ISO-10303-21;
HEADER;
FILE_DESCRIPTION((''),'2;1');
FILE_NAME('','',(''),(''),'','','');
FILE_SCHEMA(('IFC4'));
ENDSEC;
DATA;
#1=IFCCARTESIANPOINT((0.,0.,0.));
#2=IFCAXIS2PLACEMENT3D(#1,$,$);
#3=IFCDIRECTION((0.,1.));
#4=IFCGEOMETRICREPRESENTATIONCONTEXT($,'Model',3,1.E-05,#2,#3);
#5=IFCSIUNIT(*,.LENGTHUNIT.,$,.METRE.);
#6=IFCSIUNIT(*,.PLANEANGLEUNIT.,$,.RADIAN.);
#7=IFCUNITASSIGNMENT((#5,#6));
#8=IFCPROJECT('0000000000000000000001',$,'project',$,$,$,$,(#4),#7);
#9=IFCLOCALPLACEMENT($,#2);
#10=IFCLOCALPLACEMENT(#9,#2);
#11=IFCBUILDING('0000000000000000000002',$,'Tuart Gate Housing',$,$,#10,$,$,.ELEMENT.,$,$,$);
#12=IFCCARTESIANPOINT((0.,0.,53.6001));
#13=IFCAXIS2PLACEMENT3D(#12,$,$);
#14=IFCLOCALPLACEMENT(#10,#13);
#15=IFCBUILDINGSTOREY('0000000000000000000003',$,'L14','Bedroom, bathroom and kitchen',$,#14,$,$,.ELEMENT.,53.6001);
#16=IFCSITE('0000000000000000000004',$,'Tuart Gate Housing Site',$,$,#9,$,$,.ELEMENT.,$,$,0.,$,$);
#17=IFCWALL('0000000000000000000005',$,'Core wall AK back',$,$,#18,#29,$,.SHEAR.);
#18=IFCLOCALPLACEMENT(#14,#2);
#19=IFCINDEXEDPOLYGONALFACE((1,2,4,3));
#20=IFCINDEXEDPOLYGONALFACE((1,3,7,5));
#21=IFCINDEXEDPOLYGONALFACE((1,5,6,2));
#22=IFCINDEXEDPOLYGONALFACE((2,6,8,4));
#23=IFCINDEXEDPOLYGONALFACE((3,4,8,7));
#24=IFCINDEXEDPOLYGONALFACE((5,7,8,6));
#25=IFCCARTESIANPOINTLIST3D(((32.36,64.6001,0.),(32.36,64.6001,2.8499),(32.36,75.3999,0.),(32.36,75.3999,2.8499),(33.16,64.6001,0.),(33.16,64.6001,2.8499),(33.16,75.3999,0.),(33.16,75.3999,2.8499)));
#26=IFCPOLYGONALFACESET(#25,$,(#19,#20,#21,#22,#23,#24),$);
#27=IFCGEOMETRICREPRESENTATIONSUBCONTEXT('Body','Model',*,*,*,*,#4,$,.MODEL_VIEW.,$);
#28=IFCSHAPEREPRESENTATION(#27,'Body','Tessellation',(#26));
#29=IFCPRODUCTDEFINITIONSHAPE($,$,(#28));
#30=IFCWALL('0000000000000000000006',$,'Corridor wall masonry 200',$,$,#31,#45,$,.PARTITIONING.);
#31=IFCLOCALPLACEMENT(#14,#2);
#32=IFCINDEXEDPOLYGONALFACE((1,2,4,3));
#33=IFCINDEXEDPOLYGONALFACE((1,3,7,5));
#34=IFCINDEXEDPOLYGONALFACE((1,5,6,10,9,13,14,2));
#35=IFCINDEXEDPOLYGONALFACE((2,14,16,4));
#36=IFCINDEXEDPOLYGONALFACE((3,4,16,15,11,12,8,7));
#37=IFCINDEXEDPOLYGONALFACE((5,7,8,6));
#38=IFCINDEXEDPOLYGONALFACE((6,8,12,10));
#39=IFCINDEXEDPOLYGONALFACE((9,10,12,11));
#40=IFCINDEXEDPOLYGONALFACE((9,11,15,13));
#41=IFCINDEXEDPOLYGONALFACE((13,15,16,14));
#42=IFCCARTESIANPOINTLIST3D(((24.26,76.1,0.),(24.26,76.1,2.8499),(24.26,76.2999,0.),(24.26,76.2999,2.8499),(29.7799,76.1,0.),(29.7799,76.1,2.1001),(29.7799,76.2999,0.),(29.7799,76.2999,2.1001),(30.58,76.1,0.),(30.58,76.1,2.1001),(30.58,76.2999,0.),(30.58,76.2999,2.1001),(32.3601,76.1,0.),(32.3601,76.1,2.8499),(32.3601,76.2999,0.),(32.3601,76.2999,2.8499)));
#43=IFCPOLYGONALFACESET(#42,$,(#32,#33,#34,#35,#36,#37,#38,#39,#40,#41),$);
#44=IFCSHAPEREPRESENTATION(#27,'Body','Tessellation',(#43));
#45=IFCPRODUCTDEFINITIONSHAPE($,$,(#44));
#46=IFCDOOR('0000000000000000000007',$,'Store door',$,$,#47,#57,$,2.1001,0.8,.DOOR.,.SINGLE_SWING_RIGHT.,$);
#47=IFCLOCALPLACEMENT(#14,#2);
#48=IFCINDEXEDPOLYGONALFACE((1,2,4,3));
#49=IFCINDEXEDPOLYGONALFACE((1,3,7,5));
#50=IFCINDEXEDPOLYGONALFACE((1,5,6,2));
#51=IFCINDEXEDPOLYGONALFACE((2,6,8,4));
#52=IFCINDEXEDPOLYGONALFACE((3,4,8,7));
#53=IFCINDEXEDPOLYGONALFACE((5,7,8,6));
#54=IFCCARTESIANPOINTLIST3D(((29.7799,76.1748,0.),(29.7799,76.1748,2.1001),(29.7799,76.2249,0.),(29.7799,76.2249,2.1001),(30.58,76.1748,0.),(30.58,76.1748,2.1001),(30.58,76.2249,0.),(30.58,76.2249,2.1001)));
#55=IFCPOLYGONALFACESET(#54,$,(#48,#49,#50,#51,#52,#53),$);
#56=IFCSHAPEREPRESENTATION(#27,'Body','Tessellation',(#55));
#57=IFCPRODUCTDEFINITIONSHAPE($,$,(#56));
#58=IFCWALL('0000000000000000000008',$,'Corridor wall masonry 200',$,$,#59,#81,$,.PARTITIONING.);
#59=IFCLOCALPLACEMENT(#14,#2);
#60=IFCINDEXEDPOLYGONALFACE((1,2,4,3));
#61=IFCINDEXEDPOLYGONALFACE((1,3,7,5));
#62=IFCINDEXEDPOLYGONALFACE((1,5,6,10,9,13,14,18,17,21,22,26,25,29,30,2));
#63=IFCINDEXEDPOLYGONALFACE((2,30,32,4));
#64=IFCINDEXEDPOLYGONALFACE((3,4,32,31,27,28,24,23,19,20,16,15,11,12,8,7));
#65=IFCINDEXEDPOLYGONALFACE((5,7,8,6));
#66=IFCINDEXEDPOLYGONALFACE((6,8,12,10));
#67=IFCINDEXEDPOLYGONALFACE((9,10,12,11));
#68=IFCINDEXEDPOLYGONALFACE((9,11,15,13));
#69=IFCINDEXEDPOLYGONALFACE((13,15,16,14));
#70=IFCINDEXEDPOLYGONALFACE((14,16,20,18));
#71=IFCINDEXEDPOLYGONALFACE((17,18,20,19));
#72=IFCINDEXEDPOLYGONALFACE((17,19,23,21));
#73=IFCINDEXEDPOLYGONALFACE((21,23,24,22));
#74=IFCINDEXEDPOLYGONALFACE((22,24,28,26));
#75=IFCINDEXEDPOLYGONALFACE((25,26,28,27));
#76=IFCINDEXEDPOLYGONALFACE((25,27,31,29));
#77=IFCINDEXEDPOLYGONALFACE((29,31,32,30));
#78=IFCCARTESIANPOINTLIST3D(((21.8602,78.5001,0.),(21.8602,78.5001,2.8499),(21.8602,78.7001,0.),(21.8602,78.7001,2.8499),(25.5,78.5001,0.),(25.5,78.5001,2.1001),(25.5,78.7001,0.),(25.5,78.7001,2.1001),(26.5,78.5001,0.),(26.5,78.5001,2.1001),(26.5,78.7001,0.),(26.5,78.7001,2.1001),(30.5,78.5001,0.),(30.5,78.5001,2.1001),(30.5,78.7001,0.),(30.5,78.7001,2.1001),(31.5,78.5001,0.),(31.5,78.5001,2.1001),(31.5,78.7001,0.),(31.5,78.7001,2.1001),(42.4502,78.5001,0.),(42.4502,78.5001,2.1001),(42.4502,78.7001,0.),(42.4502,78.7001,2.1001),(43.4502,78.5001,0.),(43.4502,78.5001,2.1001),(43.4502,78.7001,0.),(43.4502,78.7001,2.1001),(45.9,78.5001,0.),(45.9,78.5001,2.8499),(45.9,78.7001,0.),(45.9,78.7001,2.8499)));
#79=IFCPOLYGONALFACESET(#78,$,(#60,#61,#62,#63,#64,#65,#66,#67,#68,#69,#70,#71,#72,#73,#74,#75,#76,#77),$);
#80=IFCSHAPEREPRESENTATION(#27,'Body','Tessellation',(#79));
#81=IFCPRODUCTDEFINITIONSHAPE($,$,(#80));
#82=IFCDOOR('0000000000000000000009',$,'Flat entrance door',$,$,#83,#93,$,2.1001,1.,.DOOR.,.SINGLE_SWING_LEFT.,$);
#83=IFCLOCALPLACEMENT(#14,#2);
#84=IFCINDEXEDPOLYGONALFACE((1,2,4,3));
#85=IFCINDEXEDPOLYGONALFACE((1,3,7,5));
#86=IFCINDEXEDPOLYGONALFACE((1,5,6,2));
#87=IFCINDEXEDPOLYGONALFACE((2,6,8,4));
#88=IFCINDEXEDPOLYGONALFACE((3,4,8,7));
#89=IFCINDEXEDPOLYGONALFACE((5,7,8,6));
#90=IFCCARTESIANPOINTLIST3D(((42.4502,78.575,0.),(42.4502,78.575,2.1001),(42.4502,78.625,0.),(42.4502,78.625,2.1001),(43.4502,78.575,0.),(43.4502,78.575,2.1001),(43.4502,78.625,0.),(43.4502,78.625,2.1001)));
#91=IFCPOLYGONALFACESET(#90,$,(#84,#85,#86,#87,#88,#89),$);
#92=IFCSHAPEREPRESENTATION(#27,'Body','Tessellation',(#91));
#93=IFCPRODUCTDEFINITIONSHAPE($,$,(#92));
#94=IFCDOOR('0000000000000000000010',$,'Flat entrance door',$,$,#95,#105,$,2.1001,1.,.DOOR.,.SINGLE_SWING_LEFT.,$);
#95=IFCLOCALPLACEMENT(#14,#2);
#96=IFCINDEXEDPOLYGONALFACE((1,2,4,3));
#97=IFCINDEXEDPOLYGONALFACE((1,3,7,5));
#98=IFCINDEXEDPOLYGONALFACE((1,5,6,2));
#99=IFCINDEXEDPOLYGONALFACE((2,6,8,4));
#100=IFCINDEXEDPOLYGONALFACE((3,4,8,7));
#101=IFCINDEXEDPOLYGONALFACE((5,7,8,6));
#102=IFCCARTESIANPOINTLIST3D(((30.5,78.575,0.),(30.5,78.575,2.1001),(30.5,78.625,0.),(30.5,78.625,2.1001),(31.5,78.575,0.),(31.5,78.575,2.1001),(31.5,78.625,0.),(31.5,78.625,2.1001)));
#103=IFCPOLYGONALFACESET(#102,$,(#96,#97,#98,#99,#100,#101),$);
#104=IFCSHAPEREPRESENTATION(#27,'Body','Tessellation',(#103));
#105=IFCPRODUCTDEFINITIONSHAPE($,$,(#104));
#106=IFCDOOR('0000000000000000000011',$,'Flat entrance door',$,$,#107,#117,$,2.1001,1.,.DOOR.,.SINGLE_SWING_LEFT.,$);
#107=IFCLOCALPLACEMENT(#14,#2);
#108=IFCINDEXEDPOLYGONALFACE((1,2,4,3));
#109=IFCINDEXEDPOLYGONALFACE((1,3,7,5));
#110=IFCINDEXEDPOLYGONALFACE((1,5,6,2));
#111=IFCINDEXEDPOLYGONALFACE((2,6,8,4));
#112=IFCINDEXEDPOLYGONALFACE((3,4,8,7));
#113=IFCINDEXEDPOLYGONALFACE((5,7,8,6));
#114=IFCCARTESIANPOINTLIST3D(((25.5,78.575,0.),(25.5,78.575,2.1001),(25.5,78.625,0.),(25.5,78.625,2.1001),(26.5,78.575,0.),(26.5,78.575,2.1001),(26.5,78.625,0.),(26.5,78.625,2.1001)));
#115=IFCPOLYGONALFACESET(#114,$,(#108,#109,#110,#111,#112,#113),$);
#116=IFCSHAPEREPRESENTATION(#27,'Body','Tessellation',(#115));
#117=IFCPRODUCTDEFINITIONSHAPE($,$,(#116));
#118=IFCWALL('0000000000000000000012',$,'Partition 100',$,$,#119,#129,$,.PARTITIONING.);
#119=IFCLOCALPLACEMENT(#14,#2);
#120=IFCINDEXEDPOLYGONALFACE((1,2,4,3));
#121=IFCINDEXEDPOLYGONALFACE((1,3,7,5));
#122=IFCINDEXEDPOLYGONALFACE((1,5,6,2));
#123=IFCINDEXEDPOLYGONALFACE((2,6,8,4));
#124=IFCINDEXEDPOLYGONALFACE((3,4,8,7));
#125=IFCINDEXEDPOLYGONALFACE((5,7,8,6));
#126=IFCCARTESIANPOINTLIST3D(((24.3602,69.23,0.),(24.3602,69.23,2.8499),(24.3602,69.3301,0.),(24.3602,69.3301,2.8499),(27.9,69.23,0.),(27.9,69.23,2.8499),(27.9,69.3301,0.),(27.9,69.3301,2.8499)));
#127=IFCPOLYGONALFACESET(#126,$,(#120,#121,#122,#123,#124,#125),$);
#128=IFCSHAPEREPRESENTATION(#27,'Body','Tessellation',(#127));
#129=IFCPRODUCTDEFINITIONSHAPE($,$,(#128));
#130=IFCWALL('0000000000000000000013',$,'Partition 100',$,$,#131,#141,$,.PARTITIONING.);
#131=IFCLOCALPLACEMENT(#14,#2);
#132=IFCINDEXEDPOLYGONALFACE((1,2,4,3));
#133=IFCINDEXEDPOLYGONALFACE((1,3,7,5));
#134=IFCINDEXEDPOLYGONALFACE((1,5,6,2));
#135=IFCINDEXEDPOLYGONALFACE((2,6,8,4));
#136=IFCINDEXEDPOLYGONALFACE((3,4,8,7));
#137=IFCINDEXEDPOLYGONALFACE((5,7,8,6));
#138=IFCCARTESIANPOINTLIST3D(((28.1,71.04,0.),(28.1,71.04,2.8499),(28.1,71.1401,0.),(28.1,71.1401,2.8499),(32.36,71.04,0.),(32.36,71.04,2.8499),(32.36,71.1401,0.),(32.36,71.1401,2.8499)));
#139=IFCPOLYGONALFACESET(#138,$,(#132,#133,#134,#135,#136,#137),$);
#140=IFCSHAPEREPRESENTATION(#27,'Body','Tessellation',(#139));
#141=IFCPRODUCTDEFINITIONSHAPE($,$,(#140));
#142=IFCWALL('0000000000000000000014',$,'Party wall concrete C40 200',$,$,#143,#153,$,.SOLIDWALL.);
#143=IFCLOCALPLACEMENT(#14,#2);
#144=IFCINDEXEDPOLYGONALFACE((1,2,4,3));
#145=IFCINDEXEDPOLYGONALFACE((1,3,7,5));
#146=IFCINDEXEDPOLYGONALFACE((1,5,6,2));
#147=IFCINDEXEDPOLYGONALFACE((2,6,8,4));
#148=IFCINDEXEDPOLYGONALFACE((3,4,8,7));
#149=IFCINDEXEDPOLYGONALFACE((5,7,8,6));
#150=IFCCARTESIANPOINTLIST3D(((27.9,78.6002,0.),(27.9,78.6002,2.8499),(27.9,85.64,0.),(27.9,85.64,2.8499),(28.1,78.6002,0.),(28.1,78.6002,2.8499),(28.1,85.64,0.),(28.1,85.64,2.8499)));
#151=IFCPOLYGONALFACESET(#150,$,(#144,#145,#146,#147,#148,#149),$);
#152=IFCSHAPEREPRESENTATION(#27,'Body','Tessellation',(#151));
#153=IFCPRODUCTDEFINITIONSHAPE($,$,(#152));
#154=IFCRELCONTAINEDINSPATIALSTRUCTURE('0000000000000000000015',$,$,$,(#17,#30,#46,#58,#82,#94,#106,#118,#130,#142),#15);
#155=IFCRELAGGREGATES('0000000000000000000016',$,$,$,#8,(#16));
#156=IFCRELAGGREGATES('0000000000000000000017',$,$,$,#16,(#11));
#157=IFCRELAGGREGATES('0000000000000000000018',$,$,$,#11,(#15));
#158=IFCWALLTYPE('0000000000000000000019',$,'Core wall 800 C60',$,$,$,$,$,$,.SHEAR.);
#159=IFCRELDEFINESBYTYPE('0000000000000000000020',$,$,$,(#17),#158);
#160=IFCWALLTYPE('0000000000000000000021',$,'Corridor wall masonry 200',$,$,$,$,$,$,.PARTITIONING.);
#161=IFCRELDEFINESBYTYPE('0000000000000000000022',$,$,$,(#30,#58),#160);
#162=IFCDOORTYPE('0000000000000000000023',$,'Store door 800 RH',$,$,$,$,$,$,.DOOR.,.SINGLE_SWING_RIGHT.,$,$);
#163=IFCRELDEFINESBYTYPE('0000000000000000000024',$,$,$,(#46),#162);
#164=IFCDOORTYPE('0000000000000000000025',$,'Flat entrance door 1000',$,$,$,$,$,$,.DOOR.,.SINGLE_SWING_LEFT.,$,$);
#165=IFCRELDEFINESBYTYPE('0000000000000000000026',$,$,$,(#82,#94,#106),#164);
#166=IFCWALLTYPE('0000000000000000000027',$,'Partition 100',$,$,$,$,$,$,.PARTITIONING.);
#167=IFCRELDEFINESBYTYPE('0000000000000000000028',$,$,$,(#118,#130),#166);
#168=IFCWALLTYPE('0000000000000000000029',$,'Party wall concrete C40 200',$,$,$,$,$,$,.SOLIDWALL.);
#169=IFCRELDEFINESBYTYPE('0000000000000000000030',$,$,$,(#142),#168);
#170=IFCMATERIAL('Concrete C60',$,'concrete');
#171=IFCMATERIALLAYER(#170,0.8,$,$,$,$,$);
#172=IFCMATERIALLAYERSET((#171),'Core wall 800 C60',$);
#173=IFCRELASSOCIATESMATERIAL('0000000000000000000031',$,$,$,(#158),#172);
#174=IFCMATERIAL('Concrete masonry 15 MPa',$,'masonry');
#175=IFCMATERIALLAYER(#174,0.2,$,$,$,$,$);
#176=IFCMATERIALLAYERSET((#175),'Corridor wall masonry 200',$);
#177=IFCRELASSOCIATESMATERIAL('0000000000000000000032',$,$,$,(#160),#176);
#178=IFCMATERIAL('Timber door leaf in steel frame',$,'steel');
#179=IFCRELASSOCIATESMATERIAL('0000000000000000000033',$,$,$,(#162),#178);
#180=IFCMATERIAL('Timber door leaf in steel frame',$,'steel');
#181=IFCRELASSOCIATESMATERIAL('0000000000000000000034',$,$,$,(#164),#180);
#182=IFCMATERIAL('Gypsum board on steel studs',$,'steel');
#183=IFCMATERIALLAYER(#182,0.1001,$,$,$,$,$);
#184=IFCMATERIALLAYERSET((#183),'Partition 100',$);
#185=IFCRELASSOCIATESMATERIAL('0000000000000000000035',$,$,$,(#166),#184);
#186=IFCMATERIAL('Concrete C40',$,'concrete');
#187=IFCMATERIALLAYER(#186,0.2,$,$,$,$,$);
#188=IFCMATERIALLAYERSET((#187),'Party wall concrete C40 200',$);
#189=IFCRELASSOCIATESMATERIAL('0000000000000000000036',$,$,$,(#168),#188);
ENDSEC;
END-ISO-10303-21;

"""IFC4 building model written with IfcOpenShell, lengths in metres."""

from ifc_helpers import new_model, si_unit, direction, frame, frame_2d, origin, place, context, subcontext, project, spatial, rectangle, extrude, material, layer, layer_set, type_object, element, fill, save


model = new_model("IFC4")

# Units and contexts
model_context = context("Model", 3, precision=1e-05, world=origin(), true_north=direction((0.0, 1.0)))
body_context = subcontext(model_context, "Body", "Model", "MODEL_VIEW")
ifc_project = project(units=[si_unit("LENGTHUNIT", "METRE"), si_unit("PLANEANGLEUNIT", "RADIAN")], contexts=[model_context])

# Site, building, storey
site_placement = place(None, origin())
site = spatial("IfcSite", under=ifc_project, at=site_placement, Name="Tuart Gate Housing Site", CompositionType="ELEMENT", RefElevation=0.0)
building_placement = place(site_placement, origin())
building = spatial("IfcBuilding", under=site, at=building_placement, Name="Tuart Gate Housing", CompositionType="ELEMENT")
storey_placement = place(building_placement, frame((0.0, 0.0, 53.6001)))
storey = spatial("IfcBuildingStorey", under=building, at=storey_placement, Name="L14", Description="Bedroom, bathroom and kitchen", CompositionType="ELEMENT", Elevation=53.6001)

# Wall
ifc_material_1 = material(Name="Concrete C60", Category="concrete")
ifc_layer_1 = layer(ifc_material_1, 0.8)
ifc_layer_set_1 = layer_set([ifc_layer_1], Name="Core wall 800 C60")
wall_type_1 = type_object("IfcWallType", Name="Core wall 800 C60", PredefinedType="SHEAR", material=ifc_layer_set_1)
wall_1_placement = place(storey_placement, frame((32.76, 75.3999, 0.0), z_axis=(0.0, 0.0, 1.0), x_axis=(0.0, -1.0, 0.0)))
element("IfcWall", 1, at=wall_1_placement, inside=storey, type_object=wall_type_1, Name="Core wall AK back", PredefinedType="SHEAR", context=body_context, shape_type="SweptSolid", body=[
    extrude(rectangle(XDim=10.7998, YDim=0.8, at=frame_2d((5.3999, 0.0))), origin(), (0.0, 0.0, 1.0), 2.8499),
])

# Wall, opening, door
ifc_material_2 = material(Name="Concrete masonry 15 MPa", Category="masonry")
ifc_layer_2 = layer(ifc_material_2, 0.2)
ifc_layer_set_2 = layer_set([ifc_layer_2], Name="Corridor wall masonry 200")
wall_type_2 = type_object("IfcWallType", Name="Corridor wall masonry 200", PredefinedType="PARTITIONING", material=ifc_layer_set_2)
wall_2_placement = place(storey_placement, frame((24.26, 76.2, 0.0), z_axis=(0.0, 0.0, 1.0), x_axis=(1.0, 0.0, 0.0)))
wall_2 = element("IfcWall", 2, at=wall_2_placement, inside=storey, type_object=wall_type_2, Name="Corridor wall masonry 200", PredefinedType="PARTITIONING", context=body_context, shape_type="SweptSolid", body=[
    extrude(rectangle(XDim=8.1001, YDim=0.2, at=frame_2d((4.05, 0.0))), origin(), (0.0, 0.0, 1.0), 2.8499),
])
opening_1_placement = place(wall_2_placement, frame((5.52, 0.0, 0.0)))
opening_1 = element("IfcOpeningElement", 3, at=opening_1_placement, cuts=wall_2, PredefinedType="OPENING", context=body_context, shape_type="SweptSolid", body=[
    extrude(rectangle(XDim=0.8, YDim=2.1001, at=frame_2d((0.3999, 1.05))), frame((0.0, 0.1099, 0.0), z_axis=(0.0, -1.0, 0.0), x_axis=(1.0, 0.0, 0.0)), (0.0, 0.0, 1.0), 0.22),
])
ifc_material_3 = material(Name="Timber door leaf in steel frame", Category="steel")
door_type_1 = type_object("IfcDoorType", Name="Store door 800 RH", OperationType="SINGLE_SWING_RIGHT", PredefinedType="DOOR", material=ifc_material_3)
door_1_placement = place(opening_1_placement, frame((0.8, 0.0, 0.0), z_axis=(0.0, 0.0, 1.0), x_axis=(-1.0, 0.0, 0.0)))
door_1 = element("IfcDoor", 4, at=door_1_placement, inside=storey, type_object=door_type_1, Name="Store door", OperationType="SINGLE_SWING_RIGHT", OverallHeight=2.1001, OverallWidth=0.8, PredefinedType="DOOR", context=body_context, shape_type="SweptSolid", body=[
    extrude(rectangle(XDim=0.8, YDim=2.1001, at=frame_2d((0.4001, 1.05))), frame((0.0, 0.0251, 0.0), z_axis=(0.0, -1.0, 0.0), x_axis=(1.0, 0.0, 0.0)), (0.0, 0.0, 1.0), 0.05),
])
fill(opening_1, door_1)

# Wall, openings, doors
wall_3_placement = place(storey_placement, frame((21.8601, 78.6001, 0.0), z_axis=(0.0, 0.0, 1.0), x_axis=(1.0, 0.0, 0.0)))
wall_3 = element("IfcWall", 5, at=wall_3_placement, inside=storey, type_object=wall_type_2, Name="Corridor wall masonry 200", PredefinedType="PARTITIONING", context=body_context, shape_type="SweptSolid", body=[
    extrude(rectangle(XDim=24.0398, YDim=0.2, at=frame_2d((12.02, 0.0))), origin(), (0.0, 0.0, 1.0), 2.8499),
])
opening_2_placement = place(wall_3_placement, frame((20.5901, 0.0, 0.0)))
opening_2 = element("IfcOpeningElement", 6, at=opening_2_placement, cuts=wall_3, PredefinedType="OPENING", context=body_context, shape_type="SweptSolid", body=[
    extrude(rectangle(XDim=1.0, YDim=2.1001, at=frame_2d((0.5, 1.05))), frame((0.0, 0.1099, 0.0), z_axis=(0.0, -1.0, 0.0), x_axis=(1.0, 0.0, 0.0)), (0.0, 0.0, 1.0), 0.22),
])
opening_3_placement = place(wall_3_placement, frame((8.6399, 0.0, 0.0)))
opening_3 = element("IfcOpeningElement", 7, at=opening_3_placement, cuts=wall_3, PredefinedType="OPENING", context=body_context, shape_type="SweptSolid", body=[
    extrude(rectangle(XDim=1.0, YDim=2.1001, at=frame_2d((0.5, 1.05))), frame((0.0, 0.1099, 0.0), z_axis=(0.0, -1.0, 0.0), x_axis=(1.0, 0.0, 0.0)), (0.0, 0.0, 1.0), 0.22),
])
opening_4_placement = place(wall_3_placement, frame((3.6399, 0.0, 0.0)))
opening_4 = element("IfcOpeningElement", 8, at=opening_4_placement, cuts=wall_3, PredefinedType="OPENING", context=body_context, shape_type="SweptSolid", body=[
    extrude(rectangle(XDim=1.0, YDim=2.1001, at=frame_2d((0.5, 1.05))), frame((0.0, 0.1099, 0.0), z_axis=(0.0, -1.0, 0.0), x_axis=(1.0, 0.0, 0.0)), (0.0, 0.0, 1.0), 0.22),
])
ifc_material_4 = material(Name="Timber door leaf in steel frame", Category="steel")
door_type_2 = type_object("IfcDoorType", Name="Flat entrance door 1000", OperationType="SINGLE_SWING_LEFT", PredefinedType="DOOR", material=ifc_material_4)
door_2_placement = place(opening_2_placement, origin())
door_2 = element("IfcDoor", 9, at=door_2_placement, inside=storey, type_object=door_type_2, Name="Flat entrance door", OperationType="SINGLE_SWING_LEFT", OverallHeight=2.1001, OverallWidth=1.0, PredefinedType="DOOR", context=body_context, shape_type="SweptSolid", body=[
    extrude(rectangle(XDim=1.0, YDim=2.1001, at=frame_2d((0.5, 1.05))), frame((0.0, 0.0249, 0.0), z_axis=(0.0, -1.0, 0.0), x_axis=(1.0, 0.0, 0.0)), (0.0, 0.0, 1.0), 0.05),
])
fill(opening_2, door_2)
door_3_placement = place(opening_3_placement, origin())
door_3 = element("IfcDoor", 10, at=door_3_placement, inside=storey, type_object=door_type_2, Name="Flat entrance door", OperationType="SINGLE_SWING_LEFT", OverallHeight=2.1001, OverallWidth=1.0, PredefinedType="DOOR", context=body_context, shape_type="SweptSolid", body=[
    extrude(rectangle(XDim=1.0, YDim=2.1001, at=frame_2d((0.5, 1.05))), frame((0.0, 0.0249, 0.0), z_axis=(0.0, -1.0, 0.0), x_axis=(1.0, 0.0, 0.0)), (0.0, 0.0, 1.0), 0.05),
])
fill(opening_3, door_3)
door_4_placement = place(opening_4_placement, origin())
door_4 = element("IfcDoor", 11, at=door_4_placement, inside=storey, type_object=door_type_2, Name="Flat entrance door", OperationType="SINGLE_SWING_LEFT", OverallHeight=2.1001, OverallWidth=1.0, PredefinedType="DOOR", context=body_context, shape_type="SweptSolid", body=[
    extrude(rectangle(XDim=1.0, YDim=2.1001, at=frame_2d((0.5, 1.05))), frame((0.0, 0.0249, 0.0), z_axis=(0.0, -1.0, 0.0), x_axis=(1.0, 0.0, 0.0)), (0.0, 0.0, 1.0), 0.05),
])
fill(opening_4, door_4)

# Walls
ifc_material_5 = material(Name="Gypsum board on steel studs", Category="steel")
ifc_layer_3 = layer(ifc_material_5, 0.1001)
ifc_layer_set_3 = layer_set([ifc_layer_3], Name="Partition 100")
wall_type_3 = type_object("IfcWallType", Name="Partition 100", PredefinedType="PARTITIONING", material=ifc_layer_set_3)
wall_4_placement = place(storey_placement, frame((24.3601, 69.28, 0.0), z_axis=(0.0, 0.0, 1.0), x_axis=(1.0, 0.0, 0.0)))
element("IfcWall", 12, at=wall_4_placement, inside=storey, type_object=wall_type_3, Name="Partition 100", PredefinedType="PARTITIONING", context=body_context, shape_type="SweptSolid", body=[
    extrude(rectangle(XDim=3.5398, YDim=0.1001, at=frame_2d((1.77, 0.0))), origin(), (0.0, 0.0, 1.0), 2.8499),
])
wall_5_placement = place(storey_placement, frame((28.1001, 71.0901, 0.0), z_axis=(0.0, 0.0, 1.0), x_axis=(1.0, 0.0, 0.0)))
element("IfcWall", 13, at=wall_5_placement, inside=storey, type_object=wall_type_3, Name="Partition 100", PredefinedType="PARTITIONING", context=body_context, shape_type="SweptSolid", body=[
    extrude(rectangle(XDim=4.26, YDim=0.1001, at=frame_2d((2.1299, 0.0))), origin(), (0.0, 0.0, 1.0), 2.8499),
])
ifc_material_6 = material(Name="Concrete C40", Category="concrete")
ifc_layer_4 = layer(ifc_material_6, 0.2)
ifc_layer_set_4 = layer_set([ifc_layer_4], Name="Party wall concrete C40 200")
wall_type_4 = type_object("IfcWallType", Name="Party wall concrete C40 200", PredefinedType="SOLIDWALL", material=ifc_layer_set_4)
wall_6_placement = place(storey_placement, frame((28.0, 78.6001, 0.0), z_axis=(0.0, 0.0, 1.0), x_axis=(0.0, 1.0, 0.0)))
element("IfcWall", 14, at=wall_6_placement, inside=storey, type_object=wall_type_4, Name="Party wall concrete C40 200", PredefinedType="SOLIDWALL", context=body_context, shape_type="SweptSolid", body=[
    extrude(rectangle(XDim=7.0398, YDim=0.2, at=frame_2d((3.52, 0.0))), origin(), (0.0, 0.0, 1.0), 2.8499),
])

save(model, "model.ifc")
